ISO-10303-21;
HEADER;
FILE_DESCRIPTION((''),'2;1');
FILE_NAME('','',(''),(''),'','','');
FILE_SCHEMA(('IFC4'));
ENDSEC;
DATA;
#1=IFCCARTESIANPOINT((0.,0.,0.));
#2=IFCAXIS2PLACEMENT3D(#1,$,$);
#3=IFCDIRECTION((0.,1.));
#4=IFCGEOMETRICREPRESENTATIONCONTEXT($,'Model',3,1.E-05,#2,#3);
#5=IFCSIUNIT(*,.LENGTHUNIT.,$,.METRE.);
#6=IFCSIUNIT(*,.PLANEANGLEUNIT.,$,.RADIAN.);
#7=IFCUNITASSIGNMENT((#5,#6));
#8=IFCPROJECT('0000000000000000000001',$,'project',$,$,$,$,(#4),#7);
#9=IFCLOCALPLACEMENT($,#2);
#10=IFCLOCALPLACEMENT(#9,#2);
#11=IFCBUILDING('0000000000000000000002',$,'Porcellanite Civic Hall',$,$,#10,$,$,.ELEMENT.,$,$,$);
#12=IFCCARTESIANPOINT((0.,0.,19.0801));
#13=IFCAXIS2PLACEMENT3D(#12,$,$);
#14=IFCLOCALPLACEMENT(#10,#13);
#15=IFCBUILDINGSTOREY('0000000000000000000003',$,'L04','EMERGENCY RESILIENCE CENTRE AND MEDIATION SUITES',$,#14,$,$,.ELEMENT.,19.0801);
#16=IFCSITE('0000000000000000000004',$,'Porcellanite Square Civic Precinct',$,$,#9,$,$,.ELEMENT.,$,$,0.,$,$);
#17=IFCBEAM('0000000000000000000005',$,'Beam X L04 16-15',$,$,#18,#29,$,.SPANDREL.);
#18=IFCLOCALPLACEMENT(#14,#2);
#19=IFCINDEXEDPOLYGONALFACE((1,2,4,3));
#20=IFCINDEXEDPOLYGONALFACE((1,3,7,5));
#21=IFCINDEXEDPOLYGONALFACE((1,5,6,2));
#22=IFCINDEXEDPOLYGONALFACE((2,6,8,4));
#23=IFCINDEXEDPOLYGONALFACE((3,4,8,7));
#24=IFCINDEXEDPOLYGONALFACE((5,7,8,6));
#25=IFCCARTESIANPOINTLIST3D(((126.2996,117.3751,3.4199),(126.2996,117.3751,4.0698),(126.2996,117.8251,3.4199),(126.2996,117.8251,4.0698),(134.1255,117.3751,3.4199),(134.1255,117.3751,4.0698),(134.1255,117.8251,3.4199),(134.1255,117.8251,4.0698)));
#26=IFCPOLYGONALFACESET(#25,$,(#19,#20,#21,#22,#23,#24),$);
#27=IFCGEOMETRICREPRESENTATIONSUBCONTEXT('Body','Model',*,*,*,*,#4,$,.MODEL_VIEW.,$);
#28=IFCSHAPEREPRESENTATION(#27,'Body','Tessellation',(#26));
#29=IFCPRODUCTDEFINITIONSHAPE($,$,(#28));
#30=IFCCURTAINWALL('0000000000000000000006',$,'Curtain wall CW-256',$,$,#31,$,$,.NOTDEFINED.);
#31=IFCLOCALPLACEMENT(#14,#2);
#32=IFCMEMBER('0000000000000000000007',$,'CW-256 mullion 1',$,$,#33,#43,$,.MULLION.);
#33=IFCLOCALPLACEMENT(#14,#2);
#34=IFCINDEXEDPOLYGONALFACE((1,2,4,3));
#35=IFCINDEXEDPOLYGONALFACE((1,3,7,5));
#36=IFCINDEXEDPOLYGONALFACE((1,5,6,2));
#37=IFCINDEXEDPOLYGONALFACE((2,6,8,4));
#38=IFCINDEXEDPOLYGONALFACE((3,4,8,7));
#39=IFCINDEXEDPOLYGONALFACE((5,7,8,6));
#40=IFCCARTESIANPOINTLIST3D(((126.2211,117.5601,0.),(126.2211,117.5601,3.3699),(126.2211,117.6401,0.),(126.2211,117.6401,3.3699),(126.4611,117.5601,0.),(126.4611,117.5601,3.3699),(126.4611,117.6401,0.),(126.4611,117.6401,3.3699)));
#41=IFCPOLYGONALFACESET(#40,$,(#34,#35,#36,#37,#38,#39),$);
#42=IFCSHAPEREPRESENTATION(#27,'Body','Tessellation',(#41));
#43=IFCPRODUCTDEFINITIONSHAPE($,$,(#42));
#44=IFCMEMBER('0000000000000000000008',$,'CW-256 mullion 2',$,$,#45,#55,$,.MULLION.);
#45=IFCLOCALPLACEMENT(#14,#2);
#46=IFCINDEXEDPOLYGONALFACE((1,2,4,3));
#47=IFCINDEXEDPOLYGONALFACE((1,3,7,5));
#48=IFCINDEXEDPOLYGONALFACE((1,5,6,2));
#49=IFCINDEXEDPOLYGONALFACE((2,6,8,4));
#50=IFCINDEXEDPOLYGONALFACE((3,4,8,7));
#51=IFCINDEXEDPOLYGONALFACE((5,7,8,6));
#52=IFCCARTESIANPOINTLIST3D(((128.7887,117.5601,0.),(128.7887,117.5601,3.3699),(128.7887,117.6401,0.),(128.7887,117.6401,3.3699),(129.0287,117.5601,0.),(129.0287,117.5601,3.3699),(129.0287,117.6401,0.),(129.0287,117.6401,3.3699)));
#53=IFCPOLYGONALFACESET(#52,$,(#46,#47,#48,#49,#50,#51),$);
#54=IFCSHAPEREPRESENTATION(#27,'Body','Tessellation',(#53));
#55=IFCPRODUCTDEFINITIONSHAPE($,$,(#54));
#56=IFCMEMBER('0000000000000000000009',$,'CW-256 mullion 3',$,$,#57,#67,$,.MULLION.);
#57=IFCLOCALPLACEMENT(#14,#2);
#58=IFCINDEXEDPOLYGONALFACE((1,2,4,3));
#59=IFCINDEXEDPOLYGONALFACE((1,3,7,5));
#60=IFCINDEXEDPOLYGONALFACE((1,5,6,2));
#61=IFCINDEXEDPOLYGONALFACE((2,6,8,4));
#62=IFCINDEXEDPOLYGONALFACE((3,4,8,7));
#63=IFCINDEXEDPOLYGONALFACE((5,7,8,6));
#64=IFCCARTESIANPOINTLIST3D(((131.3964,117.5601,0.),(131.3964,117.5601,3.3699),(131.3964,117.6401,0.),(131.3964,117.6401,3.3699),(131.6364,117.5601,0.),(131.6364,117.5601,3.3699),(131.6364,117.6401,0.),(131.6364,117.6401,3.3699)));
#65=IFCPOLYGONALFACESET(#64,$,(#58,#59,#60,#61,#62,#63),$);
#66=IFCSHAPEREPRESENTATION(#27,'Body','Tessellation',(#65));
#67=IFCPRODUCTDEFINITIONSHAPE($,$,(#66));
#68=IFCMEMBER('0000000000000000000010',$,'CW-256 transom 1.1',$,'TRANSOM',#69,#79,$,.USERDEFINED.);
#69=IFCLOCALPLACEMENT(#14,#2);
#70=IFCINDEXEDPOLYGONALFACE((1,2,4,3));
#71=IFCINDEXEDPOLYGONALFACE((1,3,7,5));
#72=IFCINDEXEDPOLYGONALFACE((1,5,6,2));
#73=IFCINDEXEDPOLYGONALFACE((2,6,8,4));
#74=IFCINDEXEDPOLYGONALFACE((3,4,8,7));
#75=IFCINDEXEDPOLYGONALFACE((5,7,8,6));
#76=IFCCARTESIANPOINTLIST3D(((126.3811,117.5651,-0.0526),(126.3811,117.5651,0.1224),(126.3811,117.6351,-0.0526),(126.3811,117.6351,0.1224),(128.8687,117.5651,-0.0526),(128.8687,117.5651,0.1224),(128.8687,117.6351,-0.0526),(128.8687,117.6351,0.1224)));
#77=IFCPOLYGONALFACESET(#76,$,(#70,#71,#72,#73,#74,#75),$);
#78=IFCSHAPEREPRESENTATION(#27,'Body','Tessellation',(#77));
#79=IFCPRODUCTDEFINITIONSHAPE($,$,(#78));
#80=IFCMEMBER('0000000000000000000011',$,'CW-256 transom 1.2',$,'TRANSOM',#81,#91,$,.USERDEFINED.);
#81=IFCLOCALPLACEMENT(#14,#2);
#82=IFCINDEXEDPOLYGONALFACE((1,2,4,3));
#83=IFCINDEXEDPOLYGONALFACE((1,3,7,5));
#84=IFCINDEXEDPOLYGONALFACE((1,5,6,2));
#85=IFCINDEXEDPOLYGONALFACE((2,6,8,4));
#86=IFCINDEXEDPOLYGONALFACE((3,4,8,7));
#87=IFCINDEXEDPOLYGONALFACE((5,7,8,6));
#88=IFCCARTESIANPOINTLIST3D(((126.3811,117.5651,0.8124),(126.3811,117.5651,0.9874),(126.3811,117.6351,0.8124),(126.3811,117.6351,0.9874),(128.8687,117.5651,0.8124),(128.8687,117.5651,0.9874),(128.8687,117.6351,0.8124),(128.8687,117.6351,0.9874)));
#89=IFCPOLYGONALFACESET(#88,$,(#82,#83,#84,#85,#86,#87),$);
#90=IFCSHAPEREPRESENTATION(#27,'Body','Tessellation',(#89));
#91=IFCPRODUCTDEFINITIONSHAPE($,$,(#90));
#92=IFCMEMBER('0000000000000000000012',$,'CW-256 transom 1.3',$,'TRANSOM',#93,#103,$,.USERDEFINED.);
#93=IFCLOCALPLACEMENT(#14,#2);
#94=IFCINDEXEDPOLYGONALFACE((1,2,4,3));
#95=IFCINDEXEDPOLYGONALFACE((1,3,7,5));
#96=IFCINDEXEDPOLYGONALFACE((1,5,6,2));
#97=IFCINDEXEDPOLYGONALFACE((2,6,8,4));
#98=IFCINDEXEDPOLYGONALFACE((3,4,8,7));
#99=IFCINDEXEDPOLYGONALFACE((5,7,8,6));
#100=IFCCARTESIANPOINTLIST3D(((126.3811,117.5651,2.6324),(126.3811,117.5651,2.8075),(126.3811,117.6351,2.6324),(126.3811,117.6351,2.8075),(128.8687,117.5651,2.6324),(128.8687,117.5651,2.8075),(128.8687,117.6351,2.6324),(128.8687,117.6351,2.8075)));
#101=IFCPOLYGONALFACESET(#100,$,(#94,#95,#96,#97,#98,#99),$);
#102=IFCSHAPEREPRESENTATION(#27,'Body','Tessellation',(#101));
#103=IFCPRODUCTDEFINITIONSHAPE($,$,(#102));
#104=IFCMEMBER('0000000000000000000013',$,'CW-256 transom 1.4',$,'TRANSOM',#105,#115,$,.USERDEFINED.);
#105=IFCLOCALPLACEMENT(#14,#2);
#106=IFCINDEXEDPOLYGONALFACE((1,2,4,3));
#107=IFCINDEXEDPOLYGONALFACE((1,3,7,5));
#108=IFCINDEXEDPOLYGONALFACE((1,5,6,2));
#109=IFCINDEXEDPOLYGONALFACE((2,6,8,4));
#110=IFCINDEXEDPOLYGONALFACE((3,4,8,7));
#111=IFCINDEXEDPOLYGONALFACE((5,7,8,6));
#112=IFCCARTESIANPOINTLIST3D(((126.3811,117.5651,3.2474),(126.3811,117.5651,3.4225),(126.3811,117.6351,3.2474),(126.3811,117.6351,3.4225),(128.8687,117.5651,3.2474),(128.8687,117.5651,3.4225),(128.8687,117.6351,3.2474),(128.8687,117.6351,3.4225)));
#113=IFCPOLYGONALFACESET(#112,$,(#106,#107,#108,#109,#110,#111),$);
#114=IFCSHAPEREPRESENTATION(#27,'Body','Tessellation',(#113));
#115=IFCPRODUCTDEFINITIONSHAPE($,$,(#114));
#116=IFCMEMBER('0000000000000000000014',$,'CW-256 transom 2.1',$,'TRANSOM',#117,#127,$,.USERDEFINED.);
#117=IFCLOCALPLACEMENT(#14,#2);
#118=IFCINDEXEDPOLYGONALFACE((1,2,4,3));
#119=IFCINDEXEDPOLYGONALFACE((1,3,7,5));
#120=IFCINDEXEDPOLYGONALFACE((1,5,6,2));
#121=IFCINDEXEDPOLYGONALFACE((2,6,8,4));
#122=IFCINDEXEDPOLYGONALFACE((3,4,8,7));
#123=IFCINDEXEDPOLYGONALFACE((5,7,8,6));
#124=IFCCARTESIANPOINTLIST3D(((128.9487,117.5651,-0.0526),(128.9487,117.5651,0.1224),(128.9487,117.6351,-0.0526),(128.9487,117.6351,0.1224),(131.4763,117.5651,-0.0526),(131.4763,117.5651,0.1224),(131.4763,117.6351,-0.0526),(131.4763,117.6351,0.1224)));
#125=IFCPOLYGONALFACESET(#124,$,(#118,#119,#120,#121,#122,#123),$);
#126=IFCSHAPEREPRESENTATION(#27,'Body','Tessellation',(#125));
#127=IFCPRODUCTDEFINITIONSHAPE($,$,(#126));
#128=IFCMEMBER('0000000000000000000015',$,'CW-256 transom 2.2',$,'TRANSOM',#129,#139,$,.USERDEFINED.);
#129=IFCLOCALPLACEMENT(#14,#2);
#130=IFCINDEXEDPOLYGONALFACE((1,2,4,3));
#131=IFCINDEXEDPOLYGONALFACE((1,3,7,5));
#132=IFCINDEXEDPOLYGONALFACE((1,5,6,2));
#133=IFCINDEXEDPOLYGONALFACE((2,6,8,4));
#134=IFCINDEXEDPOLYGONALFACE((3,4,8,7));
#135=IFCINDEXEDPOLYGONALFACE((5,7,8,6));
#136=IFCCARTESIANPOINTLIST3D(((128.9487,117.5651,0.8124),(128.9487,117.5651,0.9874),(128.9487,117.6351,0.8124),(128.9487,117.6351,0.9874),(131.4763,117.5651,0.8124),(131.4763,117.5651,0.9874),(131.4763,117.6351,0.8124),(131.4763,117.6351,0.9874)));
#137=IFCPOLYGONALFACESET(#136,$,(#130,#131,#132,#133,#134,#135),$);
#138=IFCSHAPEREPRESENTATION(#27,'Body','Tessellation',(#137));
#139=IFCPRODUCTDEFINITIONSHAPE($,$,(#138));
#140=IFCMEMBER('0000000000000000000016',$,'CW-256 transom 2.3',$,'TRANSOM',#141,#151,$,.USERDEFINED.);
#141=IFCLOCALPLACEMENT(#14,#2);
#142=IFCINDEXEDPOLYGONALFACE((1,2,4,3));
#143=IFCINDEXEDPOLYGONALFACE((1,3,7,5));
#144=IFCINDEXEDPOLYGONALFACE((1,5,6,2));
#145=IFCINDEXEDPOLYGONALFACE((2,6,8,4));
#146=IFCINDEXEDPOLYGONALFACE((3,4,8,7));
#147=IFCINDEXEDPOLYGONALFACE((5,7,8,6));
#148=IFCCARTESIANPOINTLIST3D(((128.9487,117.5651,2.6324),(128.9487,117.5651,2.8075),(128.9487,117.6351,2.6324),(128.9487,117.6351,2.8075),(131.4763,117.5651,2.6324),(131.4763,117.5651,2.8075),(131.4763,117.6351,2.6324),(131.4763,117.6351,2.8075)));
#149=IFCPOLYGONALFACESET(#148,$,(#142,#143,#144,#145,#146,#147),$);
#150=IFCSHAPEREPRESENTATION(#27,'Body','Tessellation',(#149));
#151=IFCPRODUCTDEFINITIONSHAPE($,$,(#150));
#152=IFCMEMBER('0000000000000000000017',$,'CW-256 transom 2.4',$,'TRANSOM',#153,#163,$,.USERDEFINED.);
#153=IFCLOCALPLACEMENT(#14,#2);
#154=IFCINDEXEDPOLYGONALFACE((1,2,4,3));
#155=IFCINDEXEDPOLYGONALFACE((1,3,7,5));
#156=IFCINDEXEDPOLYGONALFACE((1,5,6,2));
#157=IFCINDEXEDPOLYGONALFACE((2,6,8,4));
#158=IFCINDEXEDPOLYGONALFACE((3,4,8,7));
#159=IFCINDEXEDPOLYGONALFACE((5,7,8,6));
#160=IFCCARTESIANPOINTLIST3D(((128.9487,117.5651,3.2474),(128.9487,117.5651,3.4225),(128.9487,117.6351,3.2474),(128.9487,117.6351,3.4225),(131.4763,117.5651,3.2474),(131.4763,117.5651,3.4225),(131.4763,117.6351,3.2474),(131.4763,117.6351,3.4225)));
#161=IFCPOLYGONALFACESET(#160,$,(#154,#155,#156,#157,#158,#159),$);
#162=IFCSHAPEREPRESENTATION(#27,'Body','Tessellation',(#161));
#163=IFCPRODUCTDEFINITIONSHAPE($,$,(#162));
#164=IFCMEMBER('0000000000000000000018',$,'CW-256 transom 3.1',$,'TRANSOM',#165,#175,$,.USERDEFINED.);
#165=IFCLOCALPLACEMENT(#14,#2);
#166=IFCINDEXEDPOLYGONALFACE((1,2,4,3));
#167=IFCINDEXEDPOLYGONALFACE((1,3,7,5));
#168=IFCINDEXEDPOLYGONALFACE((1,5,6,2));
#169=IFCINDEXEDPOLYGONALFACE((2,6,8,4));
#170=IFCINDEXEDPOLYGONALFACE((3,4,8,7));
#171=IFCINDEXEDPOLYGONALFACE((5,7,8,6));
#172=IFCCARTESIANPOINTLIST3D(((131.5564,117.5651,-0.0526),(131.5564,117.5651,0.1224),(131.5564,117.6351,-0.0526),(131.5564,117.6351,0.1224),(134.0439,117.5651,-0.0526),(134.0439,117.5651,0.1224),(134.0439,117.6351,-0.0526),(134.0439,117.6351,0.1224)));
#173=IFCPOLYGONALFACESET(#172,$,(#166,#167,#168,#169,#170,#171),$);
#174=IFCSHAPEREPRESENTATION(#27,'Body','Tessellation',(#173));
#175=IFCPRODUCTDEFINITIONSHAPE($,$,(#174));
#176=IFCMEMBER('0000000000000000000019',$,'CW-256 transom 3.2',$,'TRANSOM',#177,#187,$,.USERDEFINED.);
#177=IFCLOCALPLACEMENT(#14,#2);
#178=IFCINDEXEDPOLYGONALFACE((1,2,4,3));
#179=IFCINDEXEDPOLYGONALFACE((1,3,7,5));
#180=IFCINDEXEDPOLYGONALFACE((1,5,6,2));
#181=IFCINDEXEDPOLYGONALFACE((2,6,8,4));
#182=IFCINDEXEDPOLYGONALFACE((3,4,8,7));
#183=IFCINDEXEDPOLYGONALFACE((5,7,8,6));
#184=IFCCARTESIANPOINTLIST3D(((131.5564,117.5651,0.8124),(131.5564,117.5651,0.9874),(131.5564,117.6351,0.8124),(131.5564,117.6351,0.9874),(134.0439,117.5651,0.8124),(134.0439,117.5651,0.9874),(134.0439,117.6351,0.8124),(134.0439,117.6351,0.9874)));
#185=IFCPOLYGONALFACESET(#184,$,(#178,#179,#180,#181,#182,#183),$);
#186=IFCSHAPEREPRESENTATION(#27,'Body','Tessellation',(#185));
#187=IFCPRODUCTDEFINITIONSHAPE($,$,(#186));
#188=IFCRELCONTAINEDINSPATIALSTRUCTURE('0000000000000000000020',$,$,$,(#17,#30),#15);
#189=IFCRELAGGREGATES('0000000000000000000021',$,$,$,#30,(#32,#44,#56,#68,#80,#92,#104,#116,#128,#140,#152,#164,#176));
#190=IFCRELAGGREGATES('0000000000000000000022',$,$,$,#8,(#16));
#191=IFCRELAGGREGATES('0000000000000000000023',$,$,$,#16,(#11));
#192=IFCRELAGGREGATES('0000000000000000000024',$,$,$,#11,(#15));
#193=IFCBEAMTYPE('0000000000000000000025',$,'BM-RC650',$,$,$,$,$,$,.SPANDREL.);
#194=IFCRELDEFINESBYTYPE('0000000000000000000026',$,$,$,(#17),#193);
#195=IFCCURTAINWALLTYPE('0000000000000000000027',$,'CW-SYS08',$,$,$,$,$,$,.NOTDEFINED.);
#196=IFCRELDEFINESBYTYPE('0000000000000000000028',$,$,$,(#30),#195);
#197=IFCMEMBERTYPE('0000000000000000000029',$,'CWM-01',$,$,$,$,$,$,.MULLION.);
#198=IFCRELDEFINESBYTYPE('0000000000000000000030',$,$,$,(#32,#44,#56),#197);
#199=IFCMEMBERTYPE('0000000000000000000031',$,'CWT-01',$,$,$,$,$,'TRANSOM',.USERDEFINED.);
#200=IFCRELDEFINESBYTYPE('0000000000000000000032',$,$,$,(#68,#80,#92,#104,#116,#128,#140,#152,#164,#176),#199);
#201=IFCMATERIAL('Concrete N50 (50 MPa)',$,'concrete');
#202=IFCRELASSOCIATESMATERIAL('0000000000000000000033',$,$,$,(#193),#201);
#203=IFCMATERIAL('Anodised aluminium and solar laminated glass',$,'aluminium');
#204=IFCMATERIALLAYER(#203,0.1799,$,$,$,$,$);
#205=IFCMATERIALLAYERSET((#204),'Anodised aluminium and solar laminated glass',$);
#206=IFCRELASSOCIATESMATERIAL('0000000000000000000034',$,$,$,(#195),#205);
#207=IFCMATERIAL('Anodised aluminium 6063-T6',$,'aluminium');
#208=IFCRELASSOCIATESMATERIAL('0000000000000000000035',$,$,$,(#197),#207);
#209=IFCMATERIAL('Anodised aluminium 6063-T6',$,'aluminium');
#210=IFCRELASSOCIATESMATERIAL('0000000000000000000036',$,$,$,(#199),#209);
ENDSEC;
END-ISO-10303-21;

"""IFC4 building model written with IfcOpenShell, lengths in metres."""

from ifc_helpers import new_model, si_unit, direction, frame, origin, origin_2d, place, context, subcontext, project, spatial, rectangle, extrude, material, layer, layer_set, material_profile, profile_set, type_object, element, aggregate, save


model = new_model("IFC4")

# Units and contexts
model_context = context("Model", 3, precision=1e-05, world=origin(), true_north=direction((0.0, 1.0)))
body_context = subcontext(model_context, "Body", "Model", "MODEL_VIEW")
ifc_project = project(units=[si_unit("LENGTHUNIT", "METRE"), si_unit("PLANEANGLEUNIT", "RADIAN")], contexts=[model_context])

# Site, building, storey
site_placement = place(None, origin())
site = spatial("IfcSite", under=ifc_project, at=site_placement, Name="Porcellanite Square Civic Precinct", CompositionType="ELEMENT", RefElevation=0.0)
building_placement = place(site_placement, origin())
building = spatial("IfcBuilding", under=site, at=building_placement, Name="Porcellanite Civic Hall", CompositionType="ELEMENT")
storey_placement = place(building_placement, frame((0.0, 0.0, 19.0801)))
storey = spatial("IfcBuildingStorey", under=building, at=storey_placement, Name="L04", Description="EMERGENCY RESILIENCE CENTRE AND MEDIATION SUITES", CompositionType="ELEMENT", Elevation=19.0801)

# Beam
ifc_material_1 = material(Name="Concrete N50 (50 MPa)", Category="concrete")
ifc_material_profile_1 = material_profile(ifc_material_1, rectangle(XDim=0.45, YDim=0.6499, at=origin_2d()), Name="RC-450x650")
ifc_profile_set_1 = profile_set([ifc_material_profile_1], Name="Concrete N50 (50 MPa)")
beam_type_1 = type_object("IfcBeamType", Name="BM-RC650", PredefinedType="SPANDREL", material=ifc_profile_set_1)
beam_1_placement = place(storey_placement, frame((126.2996, 117.6001, 3.7449), z_axis=(1.0, 0.0, 0.0), x_axis=(0.0, 1.0, 0.0)))
element("IfcBeam", 1, at=beam_1_placement, inside=storey, type_object=beam_type_1, Name="Beam X L04 16-15", PredefinedType="SPANDREL", context=body_context, shape_type="SweptSolid", body=[
    extrude(rectangle(XDim=0.45, YDim=0.6499, at=origin_2d()), origin(), (0.0, 0.0, 1.0), 7.8259),
])

# Curtain wall, members
ifc_material_2 = material(Name="Anodised aluminium and solar laminated glass", Category="aluminium")
ifc_layer_1 = layer(ifc_material_2, 0.1799)
ifc_layer_set_1 = layer_set([ifc_layer_1], Name="Anodised aluminium and solar laminated glass")
curtain_wall_type = type_object("IfcCurtainWallType", Name="CW-SYS08", PredefinedType="NOTDEFINED", material=ifc_layer_set_1)
curtain_wall_placement = place(storey_placement, origin())
curtain_wall = element("IfcCurtainWall", 2, at=curtain_wall_placement, inside=storey, type_object=curtain_wall_type, Name="Curtain wall CW-256", PredefinedType="NOTDEFINED")
ifc_material_3 = material(Name="Anodised aluminium 6063-T6", Category="aluminium")
ifc_material_profile_2 = material_profile(ifc_material_3, rectangle(XDim=0.0801, YDim=0.24, at=origin_2d()), Name="AL-80x240")
ifc_profile_set_2 = profile_set([ifc_material_profile_2], Name="Anodised aluminium 6063-T6")
member_type_1 = type_object("IfcMemberType", Name="CWM-01", PredefinedType="MULLION", material=ifc_profile_set_2)
member_1_placement = place(storey_placement, frame((126.3411, 117.6001, 0.0), z_axis=(0.0, 0.0, 1.0), x_axis=(0.0, 1.0, 0.0)))
member_1 = element("IfcMember", 3, at=member_1_placement, type_object=member_type_1, Name="CW-256 mullion 1", PredefinedType="MULLION", context=body_context, shape_type="SweptSolid", body=[
    extrude(rectangle(XDim=0.0801, YDim=0.24, at=origin_2d()), origin(), (0.0, 0.0, 1.0), 3.3699),
])
member_2_placement = place(storey_placement, frame((128.9087, 117.6001, 0.0), z_axis=(0.0, 0.0, 1.0), x_axis=(0.0, 1.0, 0.0)))
member_2 = element("IfcMember", 4, at=member_2_placement, type_object=member_type_1, Name="CW-256 mullion 2", PredefinedType="MULLION", context=body_context, shape_type="SweptSolid", body=[
    extrude(rectangle(XDim=0.0801, YDim=0.24, at=origin_2d()), origin(), (0.0, 0.0, 1.0), 3.3699),
])
member_3_placement = place(storey_placement, frame((131.5164, 117.6001, 0.0), z_axis=(0.0, 0.0, 1.0), x_axis=(0.0, 1.0, 0.0)))
member_3 = element("IfcMember", 5, at=member_3_placement, type_object=member_type_1, Name="CW-256 mullion 3", PredefinedType="MULLION", context=body_context, shape_type="SweptSolid", body=[
    extrude(rectangle(XDim=0.0801, YDim=0.24, at=origin_2d()), origin(), (0.0, 0.0, 1.0), 3.3699),
])
ifc_material_4 = material(Name="Anodised aluminium 6063-T6", Category="aluminium")
ifc_material_profile_3 = material_profile(ifc_material_4, rectangle(XDim=0.0701, YDim=0.175, at=origin_2d()), Name="AL-70x175")
ifc_profile_set_3 = profile_set([ifc_material_profile_3], Name="Anodised aluminium 6063-T6")
member_type_2 = type_object("IfcMemberType", Name="CWT-01", ElementType="TRANSOM", PredefinedType="USERDEFINED", material=ifc_profile_set_3)
member_4_placement = place(storey_placement, frame((126.3811, 117.6001, 0.0349), z_axis=(1.0, 0.0, 0.0), x_axis=(0.0, 1.0, 0.0)))
member_4 = element("IfcMember", 6, at=member_4_placement, type_object=member_type_2, Name="CW-256 transom 1.1", ObjectType="TRANSOM", PredefinedType="USERDEFINED", context=body_context, shape_type="SweptSolid", body=[
    extrude(rectangle(XDim=0.0701, YDim=0.175, at=origin_2d()), origin(), (0.0, 0.0, 1.0), 2.4875),
])
member_5_placement = place(storey_placement, frame((126.3811, 117.6001, 0.8999), z_axis=(1.0, 0.0, 0.0), x_axis=(0.0, 1.0, 0.0)))
member_5 = element("IfcMember", 7, at=member_5_placement, type_object=member_type_2, Name="CW-256 transom 1.2", ObjectType="TRANSOM", PredefinedType="USERDEFINED", context=body_context, shape_type="SweptSolid", body=[
    extrude(rectangle(XDim=0.0701, YDim=0.175, at=origin_2d()), origin(), (0.0, 0.0, 1.0), 2.4875),
])
member_6_placement = place(storey_placement, frame((126.3811, 117.6001, 2.72), z_axis=(1.0, 0.0, 0.0), x_axis=(0.0, 1.0, 0.0)))
member_6 = element("IfcMember", 8, at=member_6_placement, type_object=member_type_2, Name="CW-256 transom 1.3", ObjectType="TRANSOM", PredefinedType="USERDEFINED", context=body_context, shape_type="SweptSolid", body=[
    extrude(rectangle(XDim=0.0701, YDim=0.175, at=origin_2d()), origin(), (0.0, 0.0, 1.0), 2.4875),
])
member_7_placement = place(storey_placement, frame((126.3811, 117.6001, 3.335), z_axis=(1.0, 0.0, 0.0), x_axis=(0.0, 1.0, 0.0)))
member_7 = element("IfcMember", 9, at=member_7_placement, type_object=member_type_2, Name="CW-256 transom 1.4", ObjectType="TRANSOM", PredefinedType="USERDEFINED", context=body_context, shape_type="SweptSolid", body=[
    extrude(rectangle(XDim=0.0701, YDim=0.175, at=origin_2d()), origin(), (0.0, 0.0, 1.0), 2.4875),
])
member_8_placement = place(storey_placement, frame((128.9487, 117.6001, 0.0349), z_axis=(1.0, 0.0, 0.0), x_axis=(0.0, 1.0, 0.0)))
member_8 = element("IfcMember", 10, at=member_8_placement, type_object=member_type_2, Name="CW-256 transom 2.1", ObjectType="TRANSOM", PredefinedType="USERDEFINED", context=body_context, shape_type="SweptSolid", body=[
    extrude(rectangle(XDim=0.0701, YDim=0.175, at=origin_2d()), origin(), (0.0, 0.0, 1.0), 2.5276),
])
member_9_placement = place(storey_placement, frame((128.9487, 117.6001, 0.8999), z_axis=(1.0, 0.0, 0.0), x_axis=(0.0, 1.0, 0.0)))
member_9 = element("IfcMember", 11, at=member_9_placement, type_object=member_type_2, Name="CW-256 transom 2.2", ObjectType="TRANSOM", PredefinedType="USERDEFINED", context=body_context, shape_type="SweptSolid", body=[
    extrude(rectangle(XDim=0.0701, YDim=0.175, at=origin_2d()), origin(), (0.0, 0.0, 1.0), 2.5276),
])
member_10_placement = place(storey_placement, frame((128.9487, 117.6001, 2.72), z_axis=(1.0, 0.0, 0.0), x_axis=(0.0, 1.0, 0.0)))
member_10 = element("IfcMember", 12, at=member_10_placement, type_object=member_type_2, Name="CW-256 transom 2.3", ObjectType="TRANSOM", PredefinedType="USERDEFINED", context=body_context, shape_type="SweptSolid", body=[
    extrude(rectangle(XDim=0.0701, YDim=0.175, at=origin_2d()), origin(), (0.0, 0.0, 1.0), 2.5276),
])
member_11_placement = place(storey_placement, frame((128.9487, 117.6001, 3.335), z_axis=(1.0, 0.0, 0.0), x_axis=(0.0, 1.0, 0.0)))
member_11 = element("IfcMember", 13, at=member_11_placement, type_object=member_type_2, Name="CW-256 transom 2.4", ObjectType="TRANSOM", PredefinedType="USERDEFINED", context=body_context, shape_type="SweptSolid", body=[
    extrude(rectangle(XDim=0.0701, YDim=0.175, at=origin_2d()), origin(), (0.0, 0.0, 1.0), 2.5276),
])
member_12_placement = place(storey_placement, frame((131.5564, 117.6001, 0.0349), z_axis=(1.0, 0.0, 0.0), x_axis=(0.0, 1.0, 0.0)))
member_12 = element("IfcMember", 14, at=member_12_placement, type_object=member_type_2, Name="CW-256 transom 3.1", ObjectType="TRANSOM", PredefinedType="USERDEFINED", context=body_context, shape_type="SweptSolid", body=[
    extrude(rectangle(XDim=0.0701, YDim=0.175, at=origin_2d()), origin(), (0.0, 0.0, 1.0), 2.4875),
])
member_13_placement = place(storey_placement, frame((131.5564, 117.6001, 0.8999), z_axis=(1.0, 0.0, 0.0), x_axis=(0.0, 1.0, 0.0)))
member_13 = element("IfcMember", 15, at=member_13_placement, type_object=member_type_2, Name="CW-256 transom 3.2", ObjectType="TRANSOM", PredefinedType="USERDEFINED", context=body_context, shape_type="SweptSolid", body=[
    extrude(rectangle(XDim=0.0701, YDim=0.175, at=origin_2d()), origin(), (0.0, 0.0, 1.0), 2.4875),
])

aggregate(curtain_wall, [member_1, member_2, member_3, member_4, member_5, member_6, member_7, member_8, member_9, member_10, member_11, member_12, member_13])

save(model, "model.ifc")
